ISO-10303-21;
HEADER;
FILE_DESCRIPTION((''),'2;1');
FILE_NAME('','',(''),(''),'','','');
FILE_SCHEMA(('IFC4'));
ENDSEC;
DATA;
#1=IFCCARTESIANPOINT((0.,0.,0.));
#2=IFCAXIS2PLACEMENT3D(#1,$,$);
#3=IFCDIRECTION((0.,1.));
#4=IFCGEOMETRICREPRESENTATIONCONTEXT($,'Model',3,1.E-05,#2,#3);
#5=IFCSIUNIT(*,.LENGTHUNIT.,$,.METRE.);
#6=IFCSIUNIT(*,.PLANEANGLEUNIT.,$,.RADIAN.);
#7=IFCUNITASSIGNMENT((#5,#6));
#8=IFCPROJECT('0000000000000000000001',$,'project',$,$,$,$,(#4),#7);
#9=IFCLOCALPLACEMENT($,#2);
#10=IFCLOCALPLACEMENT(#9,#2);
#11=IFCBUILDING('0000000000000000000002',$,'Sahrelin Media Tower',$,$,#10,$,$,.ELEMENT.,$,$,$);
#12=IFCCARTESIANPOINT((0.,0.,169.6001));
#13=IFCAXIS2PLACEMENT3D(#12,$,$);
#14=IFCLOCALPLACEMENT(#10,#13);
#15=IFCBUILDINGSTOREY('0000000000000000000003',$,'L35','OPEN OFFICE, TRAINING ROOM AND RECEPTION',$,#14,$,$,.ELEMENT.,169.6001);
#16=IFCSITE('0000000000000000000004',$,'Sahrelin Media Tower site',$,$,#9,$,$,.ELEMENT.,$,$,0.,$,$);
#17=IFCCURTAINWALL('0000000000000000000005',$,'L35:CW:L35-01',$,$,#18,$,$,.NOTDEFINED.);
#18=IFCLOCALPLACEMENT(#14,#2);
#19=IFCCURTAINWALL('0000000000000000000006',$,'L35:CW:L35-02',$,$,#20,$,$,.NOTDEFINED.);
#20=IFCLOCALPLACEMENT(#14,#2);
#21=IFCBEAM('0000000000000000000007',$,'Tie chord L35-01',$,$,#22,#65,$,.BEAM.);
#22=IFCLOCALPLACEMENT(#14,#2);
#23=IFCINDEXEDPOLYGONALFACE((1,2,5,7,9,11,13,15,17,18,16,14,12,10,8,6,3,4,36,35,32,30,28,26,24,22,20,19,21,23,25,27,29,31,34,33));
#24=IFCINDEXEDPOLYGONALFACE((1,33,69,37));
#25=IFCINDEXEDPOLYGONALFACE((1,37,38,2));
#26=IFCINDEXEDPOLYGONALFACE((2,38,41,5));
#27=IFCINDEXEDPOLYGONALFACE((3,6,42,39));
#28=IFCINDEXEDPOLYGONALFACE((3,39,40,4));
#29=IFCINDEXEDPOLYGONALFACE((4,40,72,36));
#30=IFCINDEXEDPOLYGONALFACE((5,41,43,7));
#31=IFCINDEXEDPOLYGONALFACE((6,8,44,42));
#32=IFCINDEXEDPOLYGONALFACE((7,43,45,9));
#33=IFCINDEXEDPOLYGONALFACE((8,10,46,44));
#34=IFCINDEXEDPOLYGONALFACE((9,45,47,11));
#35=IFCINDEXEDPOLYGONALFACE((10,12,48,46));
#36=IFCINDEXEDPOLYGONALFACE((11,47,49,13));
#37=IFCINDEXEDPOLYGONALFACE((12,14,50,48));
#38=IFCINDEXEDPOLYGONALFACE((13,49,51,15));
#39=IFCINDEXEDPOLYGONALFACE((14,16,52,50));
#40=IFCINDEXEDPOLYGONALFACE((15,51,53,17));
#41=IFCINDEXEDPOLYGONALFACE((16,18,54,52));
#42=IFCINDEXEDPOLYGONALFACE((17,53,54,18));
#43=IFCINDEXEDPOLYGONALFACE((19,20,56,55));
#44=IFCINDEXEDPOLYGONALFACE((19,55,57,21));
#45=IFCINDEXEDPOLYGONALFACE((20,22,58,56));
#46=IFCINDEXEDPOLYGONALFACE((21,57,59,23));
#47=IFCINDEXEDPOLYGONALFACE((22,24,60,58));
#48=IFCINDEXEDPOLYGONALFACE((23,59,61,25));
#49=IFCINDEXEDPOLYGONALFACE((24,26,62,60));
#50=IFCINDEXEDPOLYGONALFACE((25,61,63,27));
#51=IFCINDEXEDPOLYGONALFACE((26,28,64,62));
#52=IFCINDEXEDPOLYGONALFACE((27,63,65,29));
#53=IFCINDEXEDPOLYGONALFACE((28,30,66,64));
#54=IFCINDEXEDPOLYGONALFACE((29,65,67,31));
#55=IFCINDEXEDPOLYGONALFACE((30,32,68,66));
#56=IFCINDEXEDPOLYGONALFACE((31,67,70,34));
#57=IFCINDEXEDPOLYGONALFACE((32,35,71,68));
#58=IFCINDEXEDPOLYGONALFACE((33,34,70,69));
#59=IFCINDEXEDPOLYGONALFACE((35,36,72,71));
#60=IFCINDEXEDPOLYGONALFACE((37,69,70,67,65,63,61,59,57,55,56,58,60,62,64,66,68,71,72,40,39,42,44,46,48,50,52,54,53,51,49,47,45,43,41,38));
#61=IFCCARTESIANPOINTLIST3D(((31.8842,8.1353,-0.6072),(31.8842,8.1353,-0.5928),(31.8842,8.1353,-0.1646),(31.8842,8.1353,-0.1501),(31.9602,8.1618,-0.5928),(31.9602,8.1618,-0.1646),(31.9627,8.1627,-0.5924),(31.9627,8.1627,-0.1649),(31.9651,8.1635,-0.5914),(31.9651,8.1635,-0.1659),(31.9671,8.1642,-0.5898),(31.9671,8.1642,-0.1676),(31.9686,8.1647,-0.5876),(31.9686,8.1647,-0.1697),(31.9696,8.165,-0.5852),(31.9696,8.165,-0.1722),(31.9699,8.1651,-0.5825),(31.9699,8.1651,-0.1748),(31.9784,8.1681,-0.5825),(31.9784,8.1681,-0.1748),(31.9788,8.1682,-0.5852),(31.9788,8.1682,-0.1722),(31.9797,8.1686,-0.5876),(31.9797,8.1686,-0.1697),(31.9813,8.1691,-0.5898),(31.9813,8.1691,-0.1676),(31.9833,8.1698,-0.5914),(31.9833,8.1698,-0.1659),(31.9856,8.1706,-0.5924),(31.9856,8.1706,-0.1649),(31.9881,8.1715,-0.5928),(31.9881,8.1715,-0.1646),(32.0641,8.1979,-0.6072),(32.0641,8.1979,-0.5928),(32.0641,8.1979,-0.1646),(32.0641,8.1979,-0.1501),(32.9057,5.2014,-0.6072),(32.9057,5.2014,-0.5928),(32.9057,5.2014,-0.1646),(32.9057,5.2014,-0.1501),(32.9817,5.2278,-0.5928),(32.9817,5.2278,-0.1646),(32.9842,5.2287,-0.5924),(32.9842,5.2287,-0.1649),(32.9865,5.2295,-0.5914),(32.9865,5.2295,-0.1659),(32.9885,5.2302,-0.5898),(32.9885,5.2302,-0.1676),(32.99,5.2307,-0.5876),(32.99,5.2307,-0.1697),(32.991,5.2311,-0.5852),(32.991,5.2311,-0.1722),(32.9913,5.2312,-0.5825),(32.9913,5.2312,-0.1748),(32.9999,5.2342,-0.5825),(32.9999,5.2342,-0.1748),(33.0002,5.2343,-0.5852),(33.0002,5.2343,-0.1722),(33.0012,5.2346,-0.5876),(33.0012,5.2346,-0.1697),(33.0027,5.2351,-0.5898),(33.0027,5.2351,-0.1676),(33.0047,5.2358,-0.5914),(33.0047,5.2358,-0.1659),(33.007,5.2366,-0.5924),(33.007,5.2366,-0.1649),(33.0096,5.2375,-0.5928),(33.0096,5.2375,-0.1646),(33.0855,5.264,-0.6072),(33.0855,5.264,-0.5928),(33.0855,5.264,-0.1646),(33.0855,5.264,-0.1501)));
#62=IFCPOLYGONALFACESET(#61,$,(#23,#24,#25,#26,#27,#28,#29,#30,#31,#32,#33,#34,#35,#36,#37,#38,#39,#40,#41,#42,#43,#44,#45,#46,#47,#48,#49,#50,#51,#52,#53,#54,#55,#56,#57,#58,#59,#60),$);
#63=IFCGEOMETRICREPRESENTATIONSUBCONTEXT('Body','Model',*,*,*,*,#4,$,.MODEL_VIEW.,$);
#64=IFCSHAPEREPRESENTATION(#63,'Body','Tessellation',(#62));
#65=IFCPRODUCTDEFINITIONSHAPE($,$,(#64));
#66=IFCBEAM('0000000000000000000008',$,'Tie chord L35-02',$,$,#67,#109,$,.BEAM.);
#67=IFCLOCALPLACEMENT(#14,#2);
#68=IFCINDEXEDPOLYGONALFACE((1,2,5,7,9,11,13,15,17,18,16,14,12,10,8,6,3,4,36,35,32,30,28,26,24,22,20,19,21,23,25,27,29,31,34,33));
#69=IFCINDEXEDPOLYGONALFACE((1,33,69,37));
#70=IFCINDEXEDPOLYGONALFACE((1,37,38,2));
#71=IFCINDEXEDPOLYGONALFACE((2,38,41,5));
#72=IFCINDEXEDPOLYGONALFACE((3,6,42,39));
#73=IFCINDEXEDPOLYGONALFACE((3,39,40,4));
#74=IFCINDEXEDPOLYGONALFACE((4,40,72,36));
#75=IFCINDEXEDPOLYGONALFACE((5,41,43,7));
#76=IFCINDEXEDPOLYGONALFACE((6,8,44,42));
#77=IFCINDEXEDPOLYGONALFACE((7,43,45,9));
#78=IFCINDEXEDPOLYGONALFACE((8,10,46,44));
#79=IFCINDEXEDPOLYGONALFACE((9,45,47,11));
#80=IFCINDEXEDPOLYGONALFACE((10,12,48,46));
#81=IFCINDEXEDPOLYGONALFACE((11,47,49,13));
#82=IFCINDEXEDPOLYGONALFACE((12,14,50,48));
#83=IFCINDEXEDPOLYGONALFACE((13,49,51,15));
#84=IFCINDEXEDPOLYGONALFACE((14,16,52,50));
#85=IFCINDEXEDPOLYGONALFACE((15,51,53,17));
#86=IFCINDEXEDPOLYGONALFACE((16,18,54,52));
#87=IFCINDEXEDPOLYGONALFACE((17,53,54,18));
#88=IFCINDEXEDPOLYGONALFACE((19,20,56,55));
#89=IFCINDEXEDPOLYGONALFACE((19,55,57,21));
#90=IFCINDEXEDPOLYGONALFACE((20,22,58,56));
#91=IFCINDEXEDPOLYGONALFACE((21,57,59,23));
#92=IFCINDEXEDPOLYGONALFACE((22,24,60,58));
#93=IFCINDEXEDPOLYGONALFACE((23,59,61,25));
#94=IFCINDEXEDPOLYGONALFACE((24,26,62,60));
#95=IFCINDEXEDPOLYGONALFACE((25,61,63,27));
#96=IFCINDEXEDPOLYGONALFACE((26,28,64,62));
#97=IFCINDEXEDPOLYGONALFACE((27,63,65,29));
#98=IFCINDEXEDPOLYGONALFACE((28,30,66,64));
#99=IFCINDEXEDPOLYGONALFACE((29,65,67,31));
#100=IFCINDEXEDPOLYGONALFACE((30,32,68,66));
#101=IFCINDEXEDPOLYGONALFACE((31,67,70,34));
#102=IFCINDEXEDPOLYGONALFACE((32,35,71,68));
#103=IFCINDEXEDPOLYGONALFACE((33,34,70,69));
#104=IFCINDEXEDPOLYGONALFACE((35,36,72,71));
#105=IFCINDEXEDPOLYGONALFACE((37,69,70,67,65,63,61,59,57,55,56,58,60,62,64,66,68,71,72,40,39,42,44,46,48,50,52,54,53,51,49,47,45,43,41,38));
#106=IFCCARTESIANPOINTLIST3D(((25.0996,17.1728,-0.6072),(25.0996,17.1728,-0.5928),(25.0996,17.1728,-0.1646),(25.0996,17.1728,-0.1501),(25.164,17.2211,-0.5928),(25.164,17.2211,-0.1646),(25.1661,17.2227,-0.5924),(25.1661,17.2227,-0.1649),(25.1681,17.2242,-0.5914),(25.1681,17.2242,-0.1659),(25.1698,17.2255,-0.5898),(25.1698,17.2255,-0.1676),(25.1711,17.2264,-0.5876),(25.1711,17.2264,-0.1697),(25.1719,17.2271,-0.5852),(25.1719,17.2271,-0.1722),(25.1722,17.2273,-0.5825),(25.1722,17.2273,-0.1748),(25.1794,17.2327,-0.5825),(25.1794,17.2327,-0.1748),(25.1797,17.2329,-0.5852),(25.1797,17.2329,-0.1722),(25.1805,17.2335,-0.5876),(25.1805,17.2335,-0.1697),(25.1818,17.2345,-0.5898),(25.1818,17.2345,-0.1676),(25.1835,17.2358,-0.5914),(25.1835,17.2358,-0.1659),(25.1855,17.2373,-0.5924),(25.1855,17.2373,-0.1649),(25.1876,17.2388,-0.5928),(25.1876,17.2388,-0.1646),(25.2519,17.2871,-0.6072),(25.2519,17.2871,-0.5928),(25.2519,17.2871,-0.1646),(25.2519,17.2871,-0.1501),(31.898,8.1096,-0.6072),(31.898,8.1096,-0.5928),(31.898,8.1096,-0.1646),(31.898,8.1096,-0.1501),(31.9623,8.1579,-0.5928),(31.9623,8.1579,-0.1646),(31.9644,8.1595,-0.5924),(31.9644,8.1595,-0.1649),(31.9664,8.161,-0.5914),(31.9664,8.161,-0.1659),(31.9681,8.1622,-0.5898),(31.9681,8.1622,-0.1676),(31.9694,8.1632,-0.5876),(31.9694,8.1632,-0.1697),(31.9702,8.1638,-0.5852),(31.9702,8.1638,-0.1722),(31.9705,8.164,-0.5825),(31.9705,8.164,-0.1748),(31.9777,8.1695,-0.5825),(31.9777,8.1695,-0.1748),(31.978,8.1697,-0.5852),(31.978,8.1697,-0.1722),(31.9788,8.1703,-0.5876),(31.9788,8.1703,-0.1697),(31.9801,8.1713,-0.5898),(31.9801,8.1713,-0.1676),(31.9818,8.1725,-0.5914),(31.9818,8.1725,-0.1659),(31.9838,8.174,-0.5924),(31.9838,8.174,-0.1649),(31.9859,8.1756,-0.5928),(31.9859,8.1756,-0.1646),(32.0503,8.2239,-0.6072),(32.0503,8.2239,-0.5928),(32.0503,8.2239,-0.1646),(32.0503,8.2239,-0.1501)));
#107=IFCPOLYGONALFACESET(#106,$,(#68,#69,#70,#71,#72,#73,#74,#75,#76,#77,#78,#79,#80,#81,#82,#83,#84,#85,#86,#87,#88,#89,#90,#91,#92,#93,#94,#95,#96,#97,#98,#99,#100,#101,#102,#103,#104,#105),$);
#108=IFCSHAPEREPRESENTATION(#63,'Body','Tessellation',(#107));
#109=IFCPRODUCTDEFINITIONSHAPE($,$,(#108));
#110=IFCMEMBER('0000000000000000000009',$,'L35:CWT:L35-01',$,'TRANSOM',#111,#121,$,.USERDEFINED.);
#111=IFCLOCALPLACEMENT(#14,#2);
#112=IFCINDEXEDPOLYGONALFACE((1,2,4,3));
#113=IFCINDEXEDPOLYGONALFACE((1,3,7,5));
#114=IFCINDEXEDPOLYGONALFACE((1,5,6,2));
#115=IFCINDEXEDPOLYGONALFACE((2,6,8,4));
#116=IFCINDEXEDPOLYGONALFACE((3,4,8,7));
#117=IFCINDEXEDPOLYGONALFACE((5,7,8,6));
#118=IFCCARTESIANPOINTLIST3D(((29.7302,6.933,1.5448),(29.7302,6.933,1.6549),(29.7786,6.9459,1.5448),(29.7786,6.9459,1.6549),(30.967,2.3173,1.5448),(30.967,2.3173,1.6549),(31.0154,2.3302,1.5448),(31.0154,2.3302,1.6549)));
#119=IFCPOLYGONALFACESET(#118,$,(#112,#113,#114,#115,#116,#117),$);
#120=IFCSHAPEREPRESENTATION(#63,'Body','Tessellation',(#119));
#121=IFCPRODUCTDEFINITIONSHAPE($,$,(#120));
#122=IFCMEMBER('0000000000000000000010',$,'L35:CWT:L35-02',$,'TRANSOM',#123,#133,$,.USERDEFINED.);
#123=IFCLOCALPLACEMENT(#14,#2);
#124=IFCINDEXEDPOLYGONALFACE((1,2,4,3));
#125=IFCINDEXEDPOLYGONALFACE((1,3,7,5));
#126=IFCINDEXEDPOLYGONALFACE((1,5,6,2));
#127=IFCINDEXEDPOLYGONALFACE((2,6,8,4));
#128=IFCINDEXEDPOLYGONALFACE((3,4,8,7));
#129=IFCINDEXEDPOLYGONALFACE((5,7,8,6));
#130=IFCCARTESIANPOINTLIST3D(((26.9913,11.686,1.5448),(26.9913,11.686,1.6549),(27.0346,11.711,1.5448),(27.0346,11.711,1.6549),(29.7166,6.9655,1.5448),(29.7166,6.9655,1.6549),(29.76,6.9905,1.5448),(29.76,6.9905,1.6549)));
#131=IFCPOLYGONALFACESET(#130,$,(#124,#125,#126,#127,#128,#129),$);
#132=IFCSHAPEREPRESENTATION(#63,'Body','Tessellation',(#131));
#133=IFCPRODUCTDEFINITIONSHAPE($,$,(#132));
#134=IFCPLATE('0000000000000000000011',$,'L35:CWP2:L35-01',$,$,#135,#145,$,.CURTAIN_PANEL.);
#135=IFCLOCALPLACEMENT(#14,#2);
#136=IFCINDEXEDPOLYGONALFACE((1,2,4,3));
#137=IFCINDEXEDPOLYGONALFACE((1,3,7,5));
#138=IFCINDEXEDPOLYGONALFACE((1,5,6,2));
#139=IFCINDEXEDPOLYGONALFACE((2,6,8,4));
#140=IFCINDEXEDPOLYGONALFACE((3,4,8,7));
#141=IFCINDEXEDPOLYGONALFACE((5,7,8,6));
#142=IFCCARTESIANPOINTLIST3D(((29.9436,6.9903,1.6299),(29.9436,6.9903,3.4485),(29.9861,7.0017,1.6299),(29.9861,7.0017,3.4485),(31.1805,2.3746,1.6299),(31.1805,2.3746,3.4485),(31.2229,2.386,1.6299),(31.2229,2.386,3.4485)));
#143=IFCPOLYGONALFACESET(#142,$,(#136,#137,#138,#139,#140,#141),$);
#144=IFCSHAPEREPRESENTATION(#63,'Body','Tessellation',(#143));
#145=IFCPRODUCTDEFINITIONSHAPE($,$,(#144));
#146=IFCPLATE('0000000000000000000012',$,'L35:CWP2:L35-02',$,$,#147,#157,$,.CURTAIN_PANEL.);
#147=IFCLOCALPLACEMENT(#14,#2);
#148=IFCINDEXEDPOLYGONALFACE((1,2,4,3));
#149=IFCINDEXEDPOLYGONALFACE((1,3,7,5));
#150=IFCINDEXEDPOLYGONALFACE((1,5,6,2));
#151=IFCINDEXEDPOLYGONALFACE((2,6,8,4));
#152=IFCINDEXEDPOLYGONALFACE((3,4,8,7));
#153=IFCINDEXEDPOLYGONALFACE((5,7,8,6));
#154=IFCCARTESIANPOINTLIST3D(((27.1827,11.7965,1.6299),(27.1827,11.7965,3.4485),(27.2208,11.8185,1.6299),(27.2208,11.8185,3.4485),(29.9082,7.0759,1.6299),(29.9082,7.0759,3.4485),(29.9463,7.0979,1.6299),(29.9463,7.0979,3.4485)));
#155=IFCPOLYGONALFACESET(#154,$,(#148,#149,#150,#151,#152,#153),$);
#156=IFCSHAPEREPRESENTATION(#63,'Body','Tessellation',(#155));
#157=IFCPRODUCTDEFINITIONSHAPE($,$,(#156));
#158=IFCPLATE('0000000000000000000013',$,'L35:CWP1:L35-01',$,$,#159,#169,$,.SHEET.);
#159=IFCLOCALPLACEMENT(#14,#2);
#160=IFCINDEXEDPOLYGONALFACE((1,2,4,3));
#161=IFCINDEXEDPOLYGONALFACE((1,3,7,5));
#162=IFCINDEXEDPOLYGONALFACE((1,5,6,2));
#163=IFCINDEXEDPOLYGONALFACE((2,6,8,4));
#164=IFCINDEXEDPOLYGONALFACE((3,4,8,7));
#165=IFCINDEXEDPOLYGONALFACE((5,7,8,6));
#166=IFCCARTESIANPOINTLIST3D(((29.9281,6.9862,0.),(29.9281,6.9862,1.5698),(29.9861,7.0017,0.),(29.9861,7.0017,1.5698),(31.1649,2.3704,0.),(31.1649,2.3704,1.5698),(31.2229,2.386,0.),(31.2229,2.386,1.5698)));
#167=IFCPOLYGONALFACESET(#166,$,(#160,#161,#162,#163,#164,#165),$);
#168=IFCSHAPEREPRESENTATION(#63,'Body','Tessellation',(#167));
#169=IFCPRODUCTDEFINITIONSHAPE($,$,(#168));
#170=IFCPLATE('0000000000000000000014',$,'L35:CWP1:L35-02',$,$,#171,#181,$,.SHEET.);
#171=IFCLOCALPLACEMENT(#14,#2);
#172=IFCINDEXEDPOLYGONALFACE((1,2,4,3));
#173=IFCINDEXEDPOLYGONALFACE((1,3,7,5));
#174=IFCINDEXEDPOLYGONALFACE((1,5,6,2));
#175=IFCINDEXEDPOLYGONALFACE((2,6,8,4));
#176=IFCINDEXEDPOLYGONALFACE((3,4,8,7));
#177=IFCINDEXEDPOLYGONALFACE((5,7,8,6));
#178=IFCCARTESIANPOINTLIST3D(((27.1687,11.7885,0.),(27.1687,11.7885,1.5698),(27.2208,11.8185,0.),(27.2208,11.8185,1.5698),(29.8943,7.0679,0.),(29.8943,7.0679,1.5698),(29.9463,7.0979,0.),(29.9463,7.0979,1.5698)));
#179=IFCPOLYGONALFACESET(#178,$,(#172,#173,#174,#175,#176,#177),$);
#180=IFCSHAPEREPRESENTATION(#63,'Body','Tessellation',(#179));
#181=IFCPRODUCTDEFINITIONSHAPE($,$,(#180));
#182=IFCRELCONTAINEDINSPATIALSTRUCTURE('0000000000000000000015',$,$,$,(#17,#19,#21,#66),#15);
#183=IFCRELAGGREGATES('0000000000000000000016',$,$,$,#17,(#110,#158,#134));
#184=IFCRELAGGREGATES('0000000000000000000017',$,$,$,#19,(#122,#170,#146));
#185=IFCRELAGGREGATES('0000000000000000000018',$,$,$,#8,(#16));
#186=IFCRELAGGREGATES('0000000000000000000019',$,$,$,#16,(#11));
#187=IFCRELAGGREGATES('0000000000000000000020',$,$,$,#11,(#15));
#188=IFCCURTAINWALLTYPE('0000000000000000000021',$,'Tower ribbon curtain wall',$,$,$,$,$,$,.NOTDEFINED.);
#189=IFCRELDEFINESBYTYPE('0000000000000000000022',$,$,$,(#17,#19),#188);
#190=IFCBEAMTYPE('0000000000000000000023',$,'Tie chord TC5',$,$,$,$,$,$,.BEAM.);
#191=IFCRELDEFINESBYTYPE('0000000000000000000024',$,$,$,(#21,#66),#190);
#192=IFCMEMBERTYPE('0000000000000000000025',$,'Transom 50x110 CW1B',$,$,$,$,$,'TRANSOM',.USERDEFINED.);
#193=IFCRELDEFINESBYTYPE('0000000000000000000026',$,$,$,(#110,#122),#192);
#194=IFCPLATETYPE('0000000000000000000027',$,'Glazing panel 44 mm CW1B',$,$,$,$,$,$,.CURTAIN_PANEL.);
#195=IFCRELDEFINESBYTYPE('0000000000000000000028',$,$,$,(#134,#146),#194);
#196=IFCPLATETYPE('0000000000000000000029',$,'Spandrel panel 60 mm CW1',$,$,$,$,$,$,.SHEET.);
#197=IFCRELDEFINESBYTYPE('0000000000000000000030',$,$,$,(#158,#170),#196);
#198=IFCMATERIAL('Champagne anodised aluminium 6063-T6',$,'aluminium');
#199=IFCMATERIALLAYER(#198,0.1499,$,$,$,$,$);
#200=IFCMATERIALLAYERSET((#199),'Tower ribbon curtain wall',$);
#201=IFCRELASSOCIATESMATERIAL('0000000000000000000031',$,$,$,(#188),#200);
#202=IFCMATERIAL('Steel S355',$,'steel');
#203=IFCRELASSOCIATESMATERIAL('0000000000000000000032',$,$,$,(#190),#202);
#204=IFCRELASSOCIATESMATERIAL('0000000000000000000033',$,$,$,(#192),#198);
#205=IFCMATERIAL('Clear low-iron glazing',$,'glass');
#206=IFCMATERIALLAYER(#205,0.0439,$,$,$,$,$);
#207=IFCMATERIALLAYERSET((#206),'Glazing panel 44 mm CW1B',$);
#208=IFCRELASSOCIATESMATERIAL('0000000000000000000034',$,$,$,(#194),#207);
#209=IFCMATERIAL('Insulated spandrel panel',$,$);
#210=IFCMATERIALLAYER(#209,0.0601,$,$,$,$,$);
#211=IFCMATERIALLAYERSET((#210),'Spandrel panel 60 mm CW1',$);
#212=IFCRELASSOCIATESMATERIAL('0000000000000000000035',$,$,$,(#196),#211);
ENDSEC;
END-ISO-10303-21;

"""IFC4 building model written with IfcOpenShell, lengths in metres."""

from ifc_helpers import new_model, si_unit, direction, frame, origin, origin_2d, place, context, subcontext, project, spatial, polyline, rectangle, i_section, outline, extrude, material, layer, layer_set, material_profile, profile_set, type_object, element, aggregate, save


model = new_model("IFC4")

# Units and contexts
model_context = context("Model", 3, precision=1e-05, world=origin(), true_north=direction((0.0, 1.0)))
body_context = subcontext(model_context, "Body", "Model", "MODEL_VIEW")
ifc_project = project(units=[si_unit("LENGTHUNIT", "METRE"), si_unit("PLANEANGLEUNIT", "RADIAN")], contexts=[model_context])

# Site, building, storey
site_placement = place(None, origin())
site = spatial("IfcSite", under=ifc_project, at=site_placement, Name="Sahrelin Media Tower site", CompositionType="ELEMENT", RefElevation=0.0)
building_placement = place(site_placement, origin())
building = spatial("IfcBuilding", under=site, at=building_placement, Name="Sahrelin Media Tower", CompositionType="ELEMENT")
storey_placement = place(building_placement, frame((0.0, 0.0, 169.6001)))
storey = spatial("IfcBuildingStorey", under=building, at=storey_placement, Name="L35", Description="OPEN OFFICE, TRAINING ROOM AND RECEPTION", CompositionType="ELEMENT", Elevation=169.6001)

# Shared definitions
ifc_material_1 = material(Name="Steel S355", Category="steel")

# Curtain walls
ifc_material_2 = material(Name="Champagne anodised aluminium 6063-T6", Category="aluminium")
ifc_layer_1 = layer(ifc_material_2, 0.1499)
ifc_layer_set_1 = layer_set([ifc_layer_1], Name="Tower ribbon curtain wall")
curtain_wall_type = type_object("IfcCurtainWallType", Name="Tower ribbon curtain wall", PredefinedType="NOTDEFINED", material=ifc_layer_set_1)
curtain_wall_1_placement = place(storey_placement, frame((30.5852, 4.6885, 0.0), z_axis=(0.0, 0.0, 1.0), x_axis=(1.0, 0.0, 0.0)))
curtain_wall_1 = element("IfcCurtainWall", 1, at=curtain_wall_1_placement, inside=storey, type_object=curtain_wall_type, Name="L35:CW:L35-01", PredefinedType="NOTDEFINED")
curtain_wall_2_placement = place(storey_placement, frame((28.5662, 9.4482, 0.0), z_axis=(0.0, 0.0, 1.0), x_axis=(1.0, 0.0, 0.0)))
curtain_wall_2 = element("IfcCurtainWall", 2, at=curtain_wall_2_placement, inside=storey, type_object=curtain_wall_type, Name="L35:CW:L35-02", PredefinedType="NOTDEFINED")

# Beams
ifc_material_profile_1 = material_profile(ifc_material_1, i_section(OverallWidth=0.1904, OverallDepth=0.457, WebThickness=0.009, FlangeThickness=0.0144, FilletRadius=0.0103, at=origin_2d()), Name="UB 457x191x74")
ifc_profile_set_1 = profile_set([ifc_material_profile_1], Name="Steel S355")
beam_type_1 = type_object("IfcBeamType", Name="Tie chord TC5", PredefinedType="BEAM", material=ifc_profile_set_1)
beam_1_placement = place(storey_placement, frame((32.9956, 5.2327, -0.3787), z_axis=(-0.328789, 0.944403, 0.0), x_axis=(-0.944403, -0.328789, 0.0)))
element("IfcBeam", 3, at=beam_1_placement, inside=storey, type_object=beam_type_1, Name="Tie chord L35-01", PredefinedType="BEAM", context=body_context, shape_type="SweptSolid", body=[
    extrude(i_section(OverallWidth=0.1904, OverallDepth=0.457, WebThickness=0.009, FlangeThickness=0.0144, FilletRadius=0.0103, at=origin_2d()), origin(), (0.0, 0.0, 1.0), 3.1067),
])
beam_2_placement = place(storey_placement, frame((31.9741, 8.1667, -0.3787), z_axis=(-0.600052, 0.799961, 0.0), x_axis=(-0.799961, -0.600052, 0.0)))
element("IfcBeam", 4, at=beam_2_placement, inside=storey, type_object=beam_type_1, Name="Tie chord L35-02", PredefinedType="BEAM", context=body_context, shape_type="SweptSolid", body=[
    extrude(i_section(OverallWidth=0.1904, OverallDepth=0.457, WebThickness=0.009, FlangeThickness=0.0144, FilletRadius=0.0103, at=origin_2d()), origin(), (0.0, 0.0, 1.0), 11.3296),
])

# Members
ifc_material_profile_2 = material_profile(ifc_material_2, rectangle(XDim=0.05, YDim=0.1101, at=origin_2d()), Name="Transom 50x110")
ifc_profile_set_2 = profile_set([ifc_material_profile_2], Name="Champagne anodised aluminium 6063-T6")
member_type_1 = type_object("IfcMemberType", Name="Transom 50x110 CW1B", ElementType="TRANSOM", PredefinedType="USERDEFINED", material=ifc_profile_set_2)
member_1_placement = place(storey_placement, frame((30.9912, 2.3237, 1.5999), z_axis=(-0.258826, 0.965924, 0.0), x_axis=(-0.965924, -0.258826, 0.0)))
member_1 = element("IfcMember", 5, at=member_1_placement, type_object=member_type_1, Name="L35:CWT:L35-01", ObjectType="TRANSOM", PredefinedType="USERDEFINED", context=body_context, shape_type="SweptSolid", body=[
    extrude(rectangle(XDim=0.05, YDim=0.1101, at=origin_2d()), origin(), (0.0, 0.0, 1.0), 4.7786),
])
member_2_placement = place(storey_placement, frame((29.7383, 6.978, 1.5999), z_axis=(-0.499998, 0.866027, 0.0), x_axis=(-0.866027, -0.499998, 0.0)))
member_2 = element("IfcMember", 6, at=member_2_placement, type_object=member_type_1, Name="L35:CWT:L35-02", ObjectType="TRANSOM", PredefinedType="USERDEFINED", context=body_context, shape_type="SweptSolid", body=[
    extrude(rectangle(XDim=0.05, YDim=0.1101, at=origin_2d()), origin(), (0.0, 0.0, 1.0), 5.4507),
])

# Plates
ifc_material_3 = material(Name="Clear low-iron glazing", Category="glass")
ifc_layer_2 = layer(ifc_material_3, 0.0439)
ifc_layer_set_2 = layer_set([ifc_layer_2], Name="Glazing panel 44 mm CW1B")
plate_type_1 = type_object("IfcPlateType", Name="Glazing panel 44 mm CW1B", PredefinedType="CURTAIN_PANEL", material=ifc_layer_set_2)
plate_1_placement = place(storey_placement, frame((31.2229, 2.386, 1.6299), z_axis=(0.965924, 0.258826, 0.0), x_axis=(-0.258826, 0.965924, 0.0)))
plate_1 = element("IfcPlate", 7, at=plate_1_placement, type_object=plate_type_1, Name="L35:CWP2:L35-01", PredefinedType="CURTAIN_PANEL", context=body_context, shape_type="SweptSolid", body=[
    extrude(outline(polyline([(0.0, 0.0), (4.7786, 0.0), (4.7786, 1.8186), (0.0, 1.8186), (0.0, 0.0)])), origin(), (0.0, 0.0, -1.0), 0.0439),
])
plate_2_placement = place(storey_placement, frame((29.9463, 7.0979, 1.6299), z_axis=(0.866019, 0.500012, 0.0), x_axis=(-0.500012, 0.866019, 0.0)))
plate_2 = element("IfcPlate", 8, at=plate_2_placement, type_object=plate_type_1, Name="L35:CWP2:L35-02", PredefinedType="CURTAIN_PANEL", context=body_context, shape_type="SweptSolid", body=[
    extrude(outline(polyline([(0.0, 0.0), (5.4509, 0.0), (5.4509, 1.8186), (0.0, 1.8186), (0.0, 0.0)])), origin(), (0.0, 0.0, -1.0), 0.0439),
])
ifc_material_4 = material(Name="Insulated spandrel panel")
ifc_layer_3 = layer(ifc_material_4, 0.0601)
ifc_layer_set_3 = layer_set([ifc_layer_3], Name="Spandrel panel 60 mm CW1")
plate_type_2 = type_object("IfcPlateType", Name="Spandrel panel 60 mm CW1", PredefinedType="SHEET", material=ifc_layer_set_3)
plate_3_placement = place(storey_placement, frame((31.2229, 2.386, 0.0), z_axis=(0.965924, 0.258826, 0.0), x_axis=(-0.258826, 0.965924, 0.0)))
plate_3 = element("IfcPlate", 9, at=plate_3_placement, type_object=plate_type_2, Name="L35:CWP1:L35-01", PredefinedType="SHEET", context=body_context, shape_type="SweptSolid", body=[
    extrude(outline(polyline([(0.0, 0.0), (4.7786, 0.0), (4.7786, 1.5698), (0.0, 1.5698), (0.0, 0.0)])), origin(), (0.0, 0.0, -1.0), 0.0601),
])
aggregate(curtain_wall_1, [member_1, plate_3, plate_1])
plate_4_placement = place(storey_placement, frame((29.9463, 7.0979, 0.0), z_axis=(0.866019, 0.500012, 0.0), x_axis=(-0.500012, 0.866019, 0.0)))
plate_4 = element("IfcPlate", 10, at=plate_4_placement, type_object=plate_type_2, Name="L35:CWP1:L35-02", PredefinedType="SHEET", context=body_context, shape_type="SweptSolid", body=[
    extrude(outline(polyline([(0.0, 0.0), (5.4509, 0.0), (5.4509, 1.5698), (0.0, 1.5698), (0.0, 0.0)])), origin(), (0.0, 0.0, -1.0), 0.0601),
])
aggregate(curtain_wall_2, [member_2, plate_4, plate_2])

save(model, "model.ifc")
